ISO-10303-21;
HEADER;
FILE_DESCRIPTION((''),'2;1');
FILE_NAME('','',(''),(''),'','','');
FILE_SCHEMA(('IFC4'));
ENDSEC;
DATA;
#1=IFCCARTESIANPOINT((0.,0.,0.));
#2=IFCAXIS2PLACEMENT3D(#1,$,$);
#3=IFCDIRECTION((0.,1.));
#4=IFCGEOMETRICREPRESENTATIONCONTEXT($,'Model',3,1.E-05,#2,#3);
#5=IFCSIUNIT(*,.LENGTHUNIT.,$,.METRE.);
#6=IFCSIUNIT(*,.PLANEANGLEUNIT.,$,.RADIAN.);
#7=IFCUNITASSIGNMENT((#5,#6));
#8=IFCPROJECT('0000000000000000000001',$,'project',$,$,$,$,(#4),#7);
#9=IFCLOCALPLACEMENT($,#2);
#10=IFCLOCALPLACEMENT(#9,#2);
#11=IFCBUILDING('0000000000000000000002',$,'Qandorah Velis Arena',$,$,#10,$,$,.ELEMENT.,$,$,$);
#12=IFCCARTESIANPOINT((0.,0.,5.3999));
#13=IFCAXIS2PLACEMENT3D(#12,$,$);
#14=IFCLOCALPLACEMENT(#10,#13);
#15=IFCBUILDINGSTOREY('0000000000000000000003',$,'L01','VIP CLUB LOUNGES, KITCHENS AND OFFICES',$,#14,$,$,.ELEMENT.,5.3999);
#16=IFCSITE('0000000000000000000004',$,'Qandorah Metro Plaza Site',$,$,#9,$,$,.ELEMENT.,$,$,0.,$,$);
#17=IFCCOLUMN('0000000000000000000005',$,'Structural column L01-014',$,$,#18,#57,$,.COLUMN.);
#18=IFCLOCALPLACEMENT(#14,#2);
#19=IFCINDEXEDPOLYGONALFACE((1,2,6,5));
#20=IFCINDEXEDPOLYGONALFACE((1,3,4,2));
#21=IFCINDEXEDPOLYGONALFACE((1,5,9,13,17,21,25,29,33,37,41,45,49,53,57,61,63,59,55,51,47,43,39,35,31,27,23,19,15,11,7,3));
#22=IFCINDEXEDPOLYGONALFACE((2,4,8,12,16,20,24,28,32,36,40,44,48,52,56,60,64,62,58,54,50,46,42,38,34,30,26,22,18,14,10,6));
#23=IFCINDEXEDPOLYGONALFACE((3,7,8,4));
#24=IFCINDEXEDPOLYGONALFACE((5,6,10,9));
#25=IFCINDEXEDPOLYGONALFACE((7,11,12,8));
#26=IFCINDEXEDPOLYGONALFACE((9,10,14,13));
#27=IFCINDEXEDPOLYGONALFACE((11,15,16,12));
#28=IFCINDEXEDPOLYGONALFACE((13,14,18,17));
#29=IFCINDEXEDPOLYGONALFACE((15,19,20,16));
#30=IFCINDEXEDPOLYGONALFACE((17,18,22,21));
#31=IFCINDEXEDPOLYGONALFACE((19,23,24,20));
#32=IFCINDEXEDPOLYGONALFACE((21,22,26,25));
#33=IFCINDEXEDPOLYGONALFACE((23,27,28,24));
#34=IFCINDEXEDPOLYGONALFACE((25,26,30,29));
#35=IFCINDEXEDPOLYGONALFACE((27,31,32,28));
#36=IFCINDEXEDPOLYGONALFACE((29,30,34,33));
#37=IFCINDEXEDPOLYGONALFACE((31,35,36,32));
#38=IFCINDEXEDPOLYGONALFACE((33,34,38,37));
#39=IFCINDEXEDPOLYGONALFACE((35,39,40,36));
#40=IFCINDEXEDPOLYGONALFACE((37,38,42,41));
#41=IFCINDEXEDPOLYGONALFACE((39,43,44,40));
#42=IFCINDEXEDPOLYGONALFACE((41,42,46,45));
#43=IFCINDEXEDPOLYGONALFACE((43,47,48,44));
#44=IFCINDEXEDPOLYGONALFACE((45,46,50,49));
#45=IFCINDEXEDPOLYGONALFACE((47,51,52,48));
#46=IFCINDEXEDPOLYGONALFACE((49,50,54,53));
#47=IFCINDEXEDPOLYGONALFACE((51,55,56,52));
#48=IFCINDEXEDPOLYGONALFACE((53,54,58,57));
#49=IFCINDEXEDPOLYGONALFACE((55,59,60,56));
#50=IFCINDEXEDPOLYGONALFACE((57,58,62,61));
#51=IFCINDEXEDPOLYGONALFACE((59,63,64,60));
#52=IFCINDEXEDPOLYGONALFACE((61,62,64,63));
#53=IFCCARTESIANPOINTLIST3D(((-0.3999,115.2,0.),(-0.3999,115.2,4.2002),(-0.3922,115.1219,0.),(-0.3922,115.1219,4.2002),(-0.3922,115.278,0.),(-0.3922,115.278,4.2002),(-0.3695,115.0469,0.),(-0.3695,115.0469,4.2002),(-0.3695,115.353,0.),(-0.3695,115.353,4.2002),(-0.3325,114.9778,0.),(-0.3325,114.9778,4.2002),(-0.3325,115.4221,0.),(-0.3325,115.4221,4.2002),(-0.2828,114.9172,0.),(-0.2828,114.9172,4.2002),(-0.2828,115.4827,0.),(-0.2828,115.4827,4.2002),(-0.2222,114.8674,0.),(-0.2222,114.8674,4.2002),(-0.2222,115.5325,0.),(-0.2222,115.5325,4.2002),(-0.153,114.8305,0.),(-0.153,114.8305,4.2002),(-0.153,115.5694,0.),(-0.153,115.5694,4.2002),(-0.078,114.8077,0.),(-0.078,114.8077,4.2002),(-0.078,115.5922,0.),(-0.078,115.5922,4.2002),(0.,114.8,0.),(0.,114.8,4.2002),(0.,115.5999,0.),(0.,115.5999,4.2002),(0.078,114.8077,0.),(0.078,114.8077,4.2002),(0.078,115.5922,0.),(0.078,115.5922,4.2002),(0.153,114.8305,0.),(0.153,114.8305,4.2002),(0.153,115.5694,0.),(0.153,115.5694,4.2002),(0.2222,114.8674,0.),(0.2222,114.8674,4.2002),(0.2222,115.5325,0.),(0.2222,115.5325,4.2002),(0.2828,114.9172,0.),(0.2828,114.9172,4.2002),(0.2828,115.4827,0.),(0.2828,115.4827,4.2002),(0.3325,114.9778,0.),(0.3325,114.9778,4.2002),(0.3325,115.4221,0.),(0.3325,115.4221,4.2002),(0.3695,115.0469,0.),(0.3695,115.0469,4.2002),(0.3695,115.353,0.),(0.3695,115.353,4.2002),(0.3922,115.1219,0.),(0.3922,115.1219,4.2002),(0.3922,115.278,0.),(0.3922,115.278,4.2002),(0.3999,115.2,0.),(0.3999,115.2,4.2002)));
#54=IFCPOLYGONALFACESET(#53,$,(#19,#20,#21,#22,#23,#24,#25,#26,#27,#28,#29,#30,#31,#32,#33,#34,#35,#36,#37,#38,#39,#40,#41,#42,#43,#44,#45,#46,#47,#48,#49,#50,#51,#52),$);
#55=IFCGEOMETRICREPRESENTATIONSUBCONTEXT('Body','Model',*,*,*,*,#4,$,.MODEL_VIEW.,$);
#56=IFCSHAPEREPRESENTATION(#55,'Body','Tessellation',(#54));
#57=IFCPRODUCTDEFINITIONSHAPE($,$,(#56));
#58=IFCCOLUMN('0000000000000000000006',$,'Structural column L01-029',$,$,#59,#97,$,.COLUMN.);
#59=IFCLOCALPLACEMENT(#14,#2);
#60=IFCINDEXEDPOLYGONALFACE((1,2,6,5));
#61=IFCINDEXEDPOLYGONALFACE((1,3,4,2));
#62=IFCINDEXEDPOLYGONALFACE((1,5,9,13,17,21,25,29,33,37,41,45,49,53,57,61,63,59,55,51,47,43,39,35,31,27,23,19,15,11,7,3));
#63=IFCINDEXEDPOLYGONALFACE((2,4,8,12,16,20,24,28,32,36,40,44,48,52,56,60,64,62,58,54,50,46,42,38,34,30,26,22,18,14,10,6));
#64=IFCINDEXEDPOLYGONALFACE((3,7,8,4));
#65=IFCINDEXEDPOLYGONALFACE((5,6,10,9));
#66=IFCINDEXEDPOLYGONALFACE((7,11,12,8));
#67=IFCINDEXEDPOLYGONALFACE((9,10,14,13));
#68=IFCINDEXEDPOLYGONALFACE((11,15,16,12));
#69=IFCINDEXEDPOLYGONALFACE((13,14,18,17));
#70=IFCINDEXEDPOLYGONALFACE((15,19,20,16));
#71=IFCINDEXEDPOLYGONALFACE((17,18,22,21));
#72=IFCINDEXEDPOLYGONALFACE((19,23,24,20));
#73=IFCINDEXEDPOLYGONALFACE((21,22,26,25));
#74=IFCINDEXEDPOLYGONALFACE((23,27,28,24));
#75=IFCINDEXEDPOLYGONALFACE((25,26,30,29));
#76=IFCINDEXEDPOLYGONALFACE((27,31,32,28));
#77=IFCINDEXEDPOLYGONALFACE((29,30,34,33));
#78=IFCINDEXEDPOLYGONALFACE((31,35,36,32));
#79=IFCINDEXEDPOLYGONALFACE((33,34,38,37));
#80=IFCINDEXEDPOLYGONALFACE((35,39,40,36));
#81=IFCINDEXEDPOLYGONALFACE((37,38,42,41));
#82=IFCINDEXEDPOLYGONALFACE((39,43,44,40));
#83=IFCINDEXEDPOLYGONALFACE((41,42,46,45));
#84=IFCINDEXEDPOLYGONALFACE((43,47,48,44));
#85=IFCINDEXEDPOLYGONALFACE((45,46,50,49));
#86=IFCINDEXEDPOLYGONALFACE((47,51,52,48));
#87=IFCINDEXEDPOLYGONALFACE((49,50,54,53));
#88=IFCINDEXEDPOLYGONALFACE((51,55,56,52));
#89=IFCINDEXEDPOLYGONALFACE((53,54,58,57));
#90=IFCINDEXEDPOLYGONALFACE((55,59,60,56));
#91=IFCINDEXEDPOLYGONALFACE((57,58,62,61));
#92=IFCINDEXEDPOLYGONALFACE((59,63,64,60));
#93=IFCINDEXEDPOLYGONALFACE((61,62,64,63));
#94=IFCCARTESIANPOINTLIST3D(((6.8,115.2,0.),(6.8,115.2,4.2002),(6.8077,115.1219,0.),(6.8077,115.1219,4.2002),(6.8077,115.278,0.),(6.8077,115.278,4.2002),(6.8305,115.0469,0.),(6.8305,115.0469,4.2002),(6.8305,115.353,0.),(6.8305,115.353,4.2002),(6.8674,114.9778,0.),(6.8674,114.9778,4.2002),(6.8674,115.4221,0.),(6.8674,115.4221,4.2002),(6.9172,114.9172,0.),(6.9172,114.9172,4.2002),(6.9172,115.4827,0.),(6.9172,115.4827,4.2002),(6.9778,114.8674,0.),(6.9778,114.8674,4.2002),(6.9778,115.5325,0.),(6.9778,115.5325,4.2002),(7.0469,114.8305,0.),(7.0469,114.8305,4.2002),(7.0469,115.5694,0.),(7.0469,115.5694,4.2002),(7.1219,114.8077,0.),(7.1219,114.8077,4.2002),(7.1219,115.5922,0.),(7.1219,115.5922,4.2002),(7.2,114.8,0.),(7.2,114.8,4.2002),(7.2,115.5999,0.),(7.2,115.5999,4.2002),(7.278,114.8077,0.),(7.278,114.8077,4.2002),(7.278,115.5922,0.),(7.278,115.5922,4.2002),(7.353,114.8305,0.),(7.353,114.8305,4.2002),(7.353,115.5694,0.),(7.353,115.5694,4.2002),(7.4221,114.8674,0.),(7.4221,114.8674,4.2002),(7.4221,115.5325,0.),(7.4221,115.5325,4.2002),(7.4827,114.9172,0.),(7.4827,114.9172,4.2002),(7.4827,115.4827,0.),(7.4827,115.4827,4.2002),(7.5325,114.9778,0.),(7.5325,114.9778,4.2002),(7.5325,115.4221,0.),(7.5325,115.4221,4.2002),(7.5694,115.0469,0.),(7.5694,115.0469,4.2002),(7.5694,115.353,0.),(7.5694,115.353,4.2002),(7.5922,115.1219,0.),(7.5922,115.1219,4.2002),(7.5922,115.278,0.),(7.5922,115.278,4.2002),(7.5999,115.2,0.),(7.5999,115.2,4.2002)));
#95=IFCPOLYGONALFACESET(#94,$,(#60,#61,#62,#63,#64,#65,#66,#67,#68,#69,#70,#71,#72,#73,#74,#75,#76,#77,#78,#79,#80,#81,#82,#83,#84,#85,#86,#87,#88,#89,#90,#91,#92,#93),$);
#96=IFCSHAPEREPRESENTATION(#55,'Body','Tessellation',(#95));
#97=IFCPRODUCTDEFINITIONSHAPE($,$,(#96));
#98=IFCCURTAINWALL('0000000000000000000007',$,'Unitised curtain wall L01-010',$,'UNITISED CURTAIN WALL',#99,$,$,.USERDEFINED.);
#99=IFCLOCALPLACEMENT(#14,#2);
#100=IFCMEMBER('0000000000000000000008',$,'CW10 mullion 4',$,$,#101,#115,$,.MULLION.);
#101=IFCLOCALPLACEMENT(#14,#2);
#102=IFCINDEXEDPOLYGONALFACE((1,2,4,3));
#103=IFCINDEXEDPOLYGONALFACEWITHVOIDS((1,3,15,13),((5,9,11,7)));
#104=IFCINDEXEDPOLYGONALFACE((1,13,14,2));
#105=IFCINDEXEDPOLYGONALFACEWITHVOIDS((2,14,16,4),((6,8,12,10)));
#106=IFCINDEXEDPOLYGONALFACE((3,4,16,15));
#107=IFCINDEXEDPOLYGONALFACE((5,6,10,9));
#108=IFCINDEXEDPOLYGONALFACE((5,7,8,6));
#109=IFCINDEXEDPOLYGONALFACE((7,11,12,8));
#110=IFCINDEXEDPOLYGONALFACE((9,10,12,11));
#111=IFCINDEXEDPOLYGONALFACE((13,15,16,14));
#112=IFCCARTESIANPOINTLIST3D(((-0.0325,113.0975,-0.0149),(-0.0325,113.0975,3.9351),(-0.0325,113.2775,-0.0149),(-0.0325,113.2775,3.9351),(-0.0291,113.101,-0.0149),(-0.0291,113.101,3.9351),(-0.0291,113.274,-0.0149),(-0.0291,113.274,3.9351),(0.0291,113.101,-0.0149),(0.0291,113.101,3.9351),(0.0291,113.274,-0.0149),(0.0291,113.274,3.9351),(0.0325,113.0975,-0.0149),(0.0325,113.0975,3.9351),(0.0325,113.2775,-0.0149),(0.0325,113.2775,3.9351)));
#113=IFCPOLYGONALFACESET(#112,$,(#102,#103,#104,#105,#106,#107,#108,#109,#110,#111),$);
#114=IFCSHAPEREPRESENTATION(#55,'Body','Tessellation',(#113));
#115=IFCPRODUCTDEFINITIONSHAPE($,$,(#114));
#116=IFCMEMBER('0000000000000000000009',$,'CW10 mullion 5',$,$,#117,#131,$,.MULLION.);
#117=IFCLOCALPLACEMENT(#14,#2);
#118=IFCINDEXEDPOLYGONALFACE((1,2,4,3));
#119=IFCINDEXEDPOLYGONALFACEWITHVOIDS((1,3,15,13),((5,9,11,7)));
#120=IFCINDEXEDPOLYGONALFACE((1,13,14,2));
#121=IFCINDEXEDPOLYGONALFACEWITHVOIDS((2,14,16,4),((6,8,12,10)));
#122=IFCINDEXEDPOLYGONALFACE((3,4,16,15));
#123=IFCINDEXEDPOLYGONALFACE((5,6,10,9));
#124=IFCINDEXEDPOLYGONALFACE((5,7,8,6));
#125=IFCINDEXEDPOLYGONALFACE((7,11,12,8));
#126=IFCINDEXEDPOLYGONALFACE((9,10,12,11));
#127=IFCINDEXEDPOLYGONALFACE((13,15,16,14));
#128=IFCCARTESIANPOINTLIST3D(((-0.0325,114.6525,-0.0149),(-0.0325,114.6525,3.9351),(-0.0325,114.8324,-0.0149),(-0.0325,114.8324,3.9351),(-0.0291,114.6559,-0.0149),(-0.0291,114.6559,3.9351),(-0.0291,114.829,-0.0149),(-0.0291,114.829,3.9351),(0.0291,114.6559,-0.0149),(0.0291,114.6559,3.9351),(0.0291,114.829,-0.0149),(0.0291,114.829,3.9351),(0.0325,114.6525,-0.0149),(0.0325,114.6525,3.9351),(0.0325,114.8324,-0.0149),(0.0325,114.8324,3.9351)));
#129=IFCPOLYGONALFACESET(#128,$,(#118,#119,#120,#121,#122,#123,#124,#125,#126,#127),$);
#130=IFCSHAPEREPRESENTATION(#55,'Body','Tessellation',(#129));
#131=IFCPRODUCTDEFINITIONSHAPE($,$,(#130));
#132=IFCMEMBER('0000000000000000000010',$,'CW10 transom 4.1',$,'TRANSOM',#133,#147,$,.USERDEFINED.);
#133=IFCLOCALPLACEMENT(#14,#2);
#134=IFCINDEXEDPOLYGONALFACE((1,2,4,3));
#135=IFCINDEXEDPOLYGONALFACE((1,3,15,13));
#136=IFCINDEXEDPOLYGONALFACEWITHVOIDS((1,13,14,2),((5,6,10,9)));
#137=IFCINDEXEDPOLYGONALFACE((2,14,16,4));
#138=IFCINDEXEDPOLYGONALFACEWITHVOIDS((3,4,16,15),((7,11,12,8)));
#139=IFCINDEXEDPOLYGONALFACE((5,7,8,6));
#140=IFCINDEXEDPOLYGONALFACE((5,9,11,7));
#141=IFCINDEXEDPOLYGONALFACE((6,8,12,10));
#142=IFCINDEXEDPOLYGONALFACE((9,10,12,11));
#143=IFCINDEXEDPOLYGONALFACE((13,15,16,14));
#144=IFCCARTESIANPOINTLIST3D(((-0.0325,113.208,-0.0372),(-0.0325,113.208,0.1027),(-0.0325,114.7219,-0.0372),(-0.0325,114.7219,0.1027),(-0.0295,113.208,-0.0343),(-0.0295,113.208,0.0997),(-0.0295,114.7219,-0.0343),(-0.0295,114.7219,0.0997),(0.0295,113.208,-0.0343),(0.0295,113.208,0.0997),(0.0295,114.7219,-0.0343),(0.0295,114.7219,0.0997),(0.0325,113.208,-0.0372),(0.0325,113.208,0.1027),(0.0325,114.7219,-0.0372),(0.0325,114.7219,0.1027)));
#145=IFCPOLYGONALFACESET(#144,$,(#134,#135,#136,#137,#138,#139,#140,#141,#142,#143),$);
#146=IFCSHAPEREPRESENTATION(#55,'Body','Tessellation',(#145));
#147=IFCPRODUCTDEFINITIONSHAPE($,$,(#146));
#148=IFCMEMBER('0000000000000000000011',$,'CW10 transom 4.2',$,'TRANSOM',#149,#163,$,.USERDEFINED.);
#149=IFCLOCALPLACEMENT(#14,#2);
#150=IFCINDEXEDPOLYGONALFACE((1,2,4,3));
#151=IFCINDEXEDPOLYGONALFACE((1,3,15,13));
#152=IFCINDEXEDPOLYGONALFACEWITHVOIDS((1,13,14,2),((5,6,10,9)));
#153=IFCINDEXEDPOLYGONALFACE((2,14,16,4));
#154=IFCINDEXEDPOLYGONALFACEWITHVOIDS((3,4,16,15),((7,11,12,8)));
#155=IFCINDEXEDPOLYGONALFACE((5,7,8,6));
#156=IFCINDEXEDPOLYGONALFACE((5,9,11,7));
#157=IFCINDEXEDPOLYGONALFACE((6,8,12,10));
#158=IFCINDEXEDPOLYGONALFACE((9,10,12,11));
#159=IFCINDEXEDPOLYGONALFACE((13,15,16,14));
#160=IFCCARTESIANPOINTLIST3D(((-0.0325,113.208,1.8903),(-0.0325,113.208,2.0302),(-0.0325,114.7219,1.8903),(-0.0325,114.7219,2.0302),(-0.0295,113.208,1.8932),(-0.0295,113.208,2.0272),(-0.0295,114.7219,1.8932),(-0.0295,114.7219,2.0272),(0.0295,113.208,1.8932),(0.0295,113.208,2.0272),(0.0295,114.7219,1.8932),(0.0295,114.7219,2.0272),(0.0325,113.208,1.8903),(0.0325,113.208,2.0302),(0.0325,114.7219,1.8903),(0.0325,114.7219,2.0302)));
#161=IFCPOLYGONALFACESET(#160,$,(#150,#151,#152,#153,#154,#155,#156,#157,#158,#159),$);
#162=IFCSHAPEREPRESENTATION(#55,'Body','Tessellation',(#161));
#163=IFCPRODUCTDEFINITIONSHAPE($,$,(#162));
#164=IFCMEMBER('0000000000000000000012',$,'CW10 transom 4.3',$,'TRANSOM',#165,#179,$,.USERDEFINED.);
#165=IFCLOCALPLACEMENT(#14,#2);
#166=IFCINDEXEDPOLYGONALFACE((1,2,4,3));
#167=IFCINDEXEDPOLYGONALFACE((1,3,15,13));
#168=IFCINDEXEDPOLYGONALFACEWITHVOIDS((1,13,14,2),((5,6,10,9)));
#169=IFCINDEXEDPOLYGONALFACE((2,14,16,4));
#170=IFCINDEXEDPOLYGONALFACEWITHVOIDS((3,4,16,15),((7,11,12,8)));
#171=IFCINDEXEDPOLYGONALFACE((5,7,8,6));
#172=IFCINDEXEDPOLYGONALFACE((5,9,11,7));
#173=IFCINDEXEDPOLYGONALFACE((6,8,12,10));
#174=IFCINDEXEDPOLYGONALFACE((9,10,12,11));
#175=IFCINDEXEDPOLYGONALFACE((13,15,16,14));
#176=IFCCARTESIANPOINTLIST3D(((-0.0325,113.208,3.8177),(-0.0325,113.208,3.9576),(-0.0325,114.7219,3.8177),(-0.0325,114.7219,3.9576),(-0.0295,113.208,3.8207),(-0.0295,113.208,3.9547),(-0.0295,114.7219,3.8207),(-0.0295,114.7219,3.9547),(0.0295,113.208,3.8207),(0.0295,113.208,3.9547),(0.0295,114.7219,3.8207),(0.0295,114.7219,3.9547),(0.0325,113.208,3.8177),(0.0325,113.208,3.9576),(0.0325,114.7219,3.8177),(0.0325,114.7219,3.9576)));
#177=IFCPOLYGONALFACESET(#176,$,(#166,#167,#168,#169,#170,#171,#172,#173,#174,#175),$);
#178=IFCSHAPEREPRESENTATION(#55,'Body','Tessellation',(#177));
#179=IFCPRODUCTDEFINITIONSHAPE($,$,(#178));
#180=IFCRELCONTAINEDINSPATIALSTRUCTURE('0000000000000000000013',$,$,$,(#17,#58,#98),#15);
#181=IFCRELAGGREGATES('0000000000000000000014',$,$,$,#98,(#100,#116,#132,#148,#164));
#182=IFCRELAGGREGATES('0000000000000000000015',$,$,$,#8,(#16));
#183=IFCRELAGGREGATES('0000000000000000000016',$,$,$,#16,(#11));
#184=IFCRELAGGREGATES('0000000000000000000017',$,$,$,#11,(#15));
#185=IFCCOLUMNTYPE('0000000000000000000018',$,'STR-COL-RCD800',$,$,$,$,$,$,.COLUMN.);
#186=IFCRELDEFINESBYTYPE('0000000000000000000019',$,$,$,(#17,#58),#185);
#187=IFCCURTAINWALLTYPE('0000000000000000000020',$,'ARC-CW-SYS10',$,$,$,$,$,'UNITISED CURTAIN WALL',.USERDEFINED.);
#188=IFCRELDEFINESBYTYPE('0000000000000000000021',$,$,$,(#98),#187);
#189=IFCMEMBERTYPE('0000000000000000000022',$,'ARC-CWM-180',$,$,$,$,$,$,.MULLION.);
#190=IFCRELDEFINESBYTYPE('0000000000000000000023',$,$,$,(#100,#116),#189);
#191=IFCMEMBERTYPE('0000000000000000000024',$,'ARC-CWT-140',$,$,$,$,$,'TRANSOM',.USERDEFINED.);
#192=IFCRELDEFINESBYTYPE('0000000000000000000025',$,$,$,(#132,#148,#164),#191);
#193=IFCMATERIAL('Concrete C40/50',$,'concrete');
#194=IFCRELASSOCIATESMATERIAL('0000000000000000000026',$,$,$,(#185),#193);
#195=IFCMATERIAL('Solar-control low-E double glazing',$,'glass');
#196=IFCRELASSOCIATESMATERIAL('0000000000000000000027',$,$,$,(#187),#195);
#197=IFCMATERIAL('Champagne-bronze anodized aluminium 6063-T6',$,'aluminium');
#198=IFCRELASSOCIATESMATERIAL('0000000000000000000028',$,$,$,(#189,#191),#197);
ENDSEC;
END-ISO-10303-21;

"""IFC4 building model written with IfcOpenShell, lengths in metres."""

from ifc_helpers import new_model, si_unit, direction, frame, origin, origin_2d, place, context, subcontext, project, spatial, hollow_rectangle, circle, extrude, material, material_profile, profile_set, type_object, element, aggregate, save


model = new_model("IFC4")

# Units and contexts
model_context = context("Model", 3, precision=1e-05, world=origin(), true_north=direction((0.0, 1.0)))
body_context = subcontext(model_context, "Body", "Model", "MODEL_VIEW")
ifc_project = project(units=[si_unit("LENGTHUNIT", "METRE"), si_unit("PLANEANGLEUNIT", "RADIAN")], contexts=[model_context])

# Site, building, storey
site_placement = place(None, origin())
site = spatial("IfcSite", under=ifc_project, at=site_placement, Name="Qandorah Metro Plaza Site", CompositionType="ELEMENT", RefElevation=0.0)
building_placement = place(site_placement, origin())
building = spatial("IfcBuilding", under=site, at=building_placement, Name="Qandorah Velis Arena", CompositionType="ELEMENT")
storey_placement = place(building_placement, frame((0.0, 0.0, 5.3999)))
storey = spatial("IfcBuildingStorey", under=building, at=storey_placement, Name="L01", Description="VIP CLUB LOUNGES, KITCHENS AND OFFICES", CompositionType="ELEMENT", Elevation=5.3999)

# Columns
ifc_material_1 = material(Name="Concrete C40/50", Category="concrete")
ifc_material_profile_1 = material_profile(ifc_material_1, circle(Radius=0.3999, at=origin_2d()), Name="RC D800")
ifc_profile_set_1 = profile_set([ifc_material_profile_1], Name="Concrete C40/50")
column_type = type_object("IfcColumnType", Name="STR-COL-RCD800", PredefinedType="COLUMN", material=ifc_profile_set_1)
for number, where, z_axis, x_axis, name in (
    (1, (0.0, 115.2, 0.0), (0.0, 0.0, 1.0), (1.0, 0.0, 0.0), "Structural column L01-014"),
    (2, (7.2, 115.2, 0.0), (0.0, 0.0, 1.0), (1.0, 0.0, 0.0), "Structural column L01-029"),
):
    element("IfcColumn", number, at=place(storey_placement, frame(where, z_axis=z_axis, x_axis=x_axis)), inside=storey, type_object=column_type, Name=name, PredefinedType="COLUMN", context=body_context, shape_type="SweptSolid", body=[
        extrude(circle(Radius=0.3999, at=origin_2d()), origin(), (0.0, 0.0, 1.0), 4.2002),
    ])

# Curtain wall, members
ifc_material_2 = material(Name="Solar-control low-E double glazing", Category="glass")
curtain_wall_type = type_object("IfcCurtainWallType", Name="ARC-CW-SYS10", ElementType="UNITISED CURTAIN WALL", PredefinedType="USERDEFINED", material=ifc_material_2)
curtain_wall_placement = place(storey_placement, origin())
curtain_wall = element("IfcCurtainWall", 3, at=curtain_wall_placement, inside=storey, type_object=curtain_wall_type, Name="Unitised curtain wall L01-010", ObjectType="UNITISED CURTAIN WALL", PredefinedType="USERDEFINED")
ifc_material_3 = material(Name="Champagne-bronze anodized aluminium 6063-T6", Category="aluminium")
ifc_material_profile_2 = material_profile(ifc_material_3, hollow_rectangle(XDim=0.0649, YDim=0.1799, WallThickness=0.0034, at=origin_2d()), Name="ALU MULLION 65x180")
ifc_profile_set_2 = profile_set([ifc_material_profile_2], Name="Champagne-bronze anodized aluminium 6063-T6")
member_type_1 = type_object("IfcMemberType", Name="ARC-CWM-180", PredefinedType="MULLION", material=ifc_profile_set_2)
member_1_placement = place(storey_placement, frame((0.0, 113.1875, -0.0149), z_axis=(0.0, 0.0, 1.0), x_axis=(-1.0, 0.0, 0.0)))
member_1 = element("IfcMember", 4, at=member_1_placement, type_object=member_type_1, Name="CW10 mullion 4", PredefinedType="MULLION", context=body_context, shape_type="SweptSolid", body=[
    extrude(hollow_rectangle(XDim=0.0649, YDim=0.1799, WallThickness=0.0034, at=origin_2d()), origin(), (0.0, 0.0, 1.0), 3.95),
])
member_2_placement = place(storey_placement, frame((0.0, 114.7424, -0.0149), z_axis=(0.0, 0.0, 1.0), x_axis=(-1.0, 0.0, 0.0)))
member_2 = element("IfcMember", 5, at=member_2_placement, type_object=member_type_1, Name="CW10 mullion 5", PredefinedType="MULLION", context=body_context, shape_type="SweptSolid", body=[
    extrude(hollow_rectangle(XDim=0.0649, YDim=0.1799, WallThickness=0.0034, at=origin_2d()), origin(), (0.0, 0.0, 1.0), 3.95),
])
ifc_material_profile_3 = material_profile(ifc_material_3, hollow_rectangle(XDim=0.0649, YDim=0.1399, WallThickness=0.0029, at=origin_2d()), Name="ALU TRANSOM 65x140")
ifc_profile_set_3 = profile_set([ifc_material_profile_3], Name="Champagne-bronze anodized aluminium 6063-T6")
member_type_2 = type_object("IfcMemberType", Name="ARC-CWT-140", ElementType="TRANSOM", PredefinedType="USERDEFINED", material=ifc_profile_set_3)
member_3_placement = place(storey_placement, frame((0.0, 113.208, 0.0327), z_axis=(0.0, 1.0, 0.0), x_axis=(-1.0, 0.0, 0.0)))
member_3 = element("IfcMember", 6, at=member_3_placement, type_object=member_type_2, Name="CW10 transom 4.1", ObjectType="TRANSOM", PredefinedType="USERDEFINED", context=body_context, shape_type="SweptSolid", body=[
    extrude(hollow_rectangle(XDim=0.0649, YDim=0.1399, WallThickness=0.0029, at=origin_2d()), origin(), (0.0, 0.0, 1.0), 1.5139),
])
member_4_placement = place(storey_placement, frame((0.0, 113.208, 1.9602), z_axis=(0.0, 1.0, 0.0), x_axis=(-1.0, 0.0, 0.0)))
member_4 = element("IfcMember", 7, at=member_4_placement, type_object=member_type_2, Name="CW10 transom 4.2", ObjectType="TRANSOM", PredefinedType="USERDEFINED", context=body_context, shape_type="SweptSolid", body=[
    extrude(hollow_rectangle(XDim=0.0649, YDim=0.1399, WallThickness=0.0029, at=origin_2d()), origin(), (0.0, 0.0, 1.0), 1.5139),
])
member_5_placement = place(storey_placement, frame((0.0, 113.208, 3.8877), z_axis=(0.0, 1.0, 0.0), x_axis=(-1.0, 0.0, 0.0)))
member_5 = element("IfcMember", 8, at=member_5_placement, type_object=member_type_2, Name="CW10 transom 4.3", ObjectType="TRANSOM", PredefinedType="USERDEFINED", context=body_context, shape_type="SweptSolid", body=[
    extrude(hollow_rectangle(XDim=0.0649, YDim=0.1399, WallThickness=0.0029, at=origin_2d()), origin(), (0.0, 0.0, 1.0), 1.5139),
])

aggregate(curtain_wall, [member_1, member_2, member_3, member_4, member_5])

save(model, "model.ifc")
